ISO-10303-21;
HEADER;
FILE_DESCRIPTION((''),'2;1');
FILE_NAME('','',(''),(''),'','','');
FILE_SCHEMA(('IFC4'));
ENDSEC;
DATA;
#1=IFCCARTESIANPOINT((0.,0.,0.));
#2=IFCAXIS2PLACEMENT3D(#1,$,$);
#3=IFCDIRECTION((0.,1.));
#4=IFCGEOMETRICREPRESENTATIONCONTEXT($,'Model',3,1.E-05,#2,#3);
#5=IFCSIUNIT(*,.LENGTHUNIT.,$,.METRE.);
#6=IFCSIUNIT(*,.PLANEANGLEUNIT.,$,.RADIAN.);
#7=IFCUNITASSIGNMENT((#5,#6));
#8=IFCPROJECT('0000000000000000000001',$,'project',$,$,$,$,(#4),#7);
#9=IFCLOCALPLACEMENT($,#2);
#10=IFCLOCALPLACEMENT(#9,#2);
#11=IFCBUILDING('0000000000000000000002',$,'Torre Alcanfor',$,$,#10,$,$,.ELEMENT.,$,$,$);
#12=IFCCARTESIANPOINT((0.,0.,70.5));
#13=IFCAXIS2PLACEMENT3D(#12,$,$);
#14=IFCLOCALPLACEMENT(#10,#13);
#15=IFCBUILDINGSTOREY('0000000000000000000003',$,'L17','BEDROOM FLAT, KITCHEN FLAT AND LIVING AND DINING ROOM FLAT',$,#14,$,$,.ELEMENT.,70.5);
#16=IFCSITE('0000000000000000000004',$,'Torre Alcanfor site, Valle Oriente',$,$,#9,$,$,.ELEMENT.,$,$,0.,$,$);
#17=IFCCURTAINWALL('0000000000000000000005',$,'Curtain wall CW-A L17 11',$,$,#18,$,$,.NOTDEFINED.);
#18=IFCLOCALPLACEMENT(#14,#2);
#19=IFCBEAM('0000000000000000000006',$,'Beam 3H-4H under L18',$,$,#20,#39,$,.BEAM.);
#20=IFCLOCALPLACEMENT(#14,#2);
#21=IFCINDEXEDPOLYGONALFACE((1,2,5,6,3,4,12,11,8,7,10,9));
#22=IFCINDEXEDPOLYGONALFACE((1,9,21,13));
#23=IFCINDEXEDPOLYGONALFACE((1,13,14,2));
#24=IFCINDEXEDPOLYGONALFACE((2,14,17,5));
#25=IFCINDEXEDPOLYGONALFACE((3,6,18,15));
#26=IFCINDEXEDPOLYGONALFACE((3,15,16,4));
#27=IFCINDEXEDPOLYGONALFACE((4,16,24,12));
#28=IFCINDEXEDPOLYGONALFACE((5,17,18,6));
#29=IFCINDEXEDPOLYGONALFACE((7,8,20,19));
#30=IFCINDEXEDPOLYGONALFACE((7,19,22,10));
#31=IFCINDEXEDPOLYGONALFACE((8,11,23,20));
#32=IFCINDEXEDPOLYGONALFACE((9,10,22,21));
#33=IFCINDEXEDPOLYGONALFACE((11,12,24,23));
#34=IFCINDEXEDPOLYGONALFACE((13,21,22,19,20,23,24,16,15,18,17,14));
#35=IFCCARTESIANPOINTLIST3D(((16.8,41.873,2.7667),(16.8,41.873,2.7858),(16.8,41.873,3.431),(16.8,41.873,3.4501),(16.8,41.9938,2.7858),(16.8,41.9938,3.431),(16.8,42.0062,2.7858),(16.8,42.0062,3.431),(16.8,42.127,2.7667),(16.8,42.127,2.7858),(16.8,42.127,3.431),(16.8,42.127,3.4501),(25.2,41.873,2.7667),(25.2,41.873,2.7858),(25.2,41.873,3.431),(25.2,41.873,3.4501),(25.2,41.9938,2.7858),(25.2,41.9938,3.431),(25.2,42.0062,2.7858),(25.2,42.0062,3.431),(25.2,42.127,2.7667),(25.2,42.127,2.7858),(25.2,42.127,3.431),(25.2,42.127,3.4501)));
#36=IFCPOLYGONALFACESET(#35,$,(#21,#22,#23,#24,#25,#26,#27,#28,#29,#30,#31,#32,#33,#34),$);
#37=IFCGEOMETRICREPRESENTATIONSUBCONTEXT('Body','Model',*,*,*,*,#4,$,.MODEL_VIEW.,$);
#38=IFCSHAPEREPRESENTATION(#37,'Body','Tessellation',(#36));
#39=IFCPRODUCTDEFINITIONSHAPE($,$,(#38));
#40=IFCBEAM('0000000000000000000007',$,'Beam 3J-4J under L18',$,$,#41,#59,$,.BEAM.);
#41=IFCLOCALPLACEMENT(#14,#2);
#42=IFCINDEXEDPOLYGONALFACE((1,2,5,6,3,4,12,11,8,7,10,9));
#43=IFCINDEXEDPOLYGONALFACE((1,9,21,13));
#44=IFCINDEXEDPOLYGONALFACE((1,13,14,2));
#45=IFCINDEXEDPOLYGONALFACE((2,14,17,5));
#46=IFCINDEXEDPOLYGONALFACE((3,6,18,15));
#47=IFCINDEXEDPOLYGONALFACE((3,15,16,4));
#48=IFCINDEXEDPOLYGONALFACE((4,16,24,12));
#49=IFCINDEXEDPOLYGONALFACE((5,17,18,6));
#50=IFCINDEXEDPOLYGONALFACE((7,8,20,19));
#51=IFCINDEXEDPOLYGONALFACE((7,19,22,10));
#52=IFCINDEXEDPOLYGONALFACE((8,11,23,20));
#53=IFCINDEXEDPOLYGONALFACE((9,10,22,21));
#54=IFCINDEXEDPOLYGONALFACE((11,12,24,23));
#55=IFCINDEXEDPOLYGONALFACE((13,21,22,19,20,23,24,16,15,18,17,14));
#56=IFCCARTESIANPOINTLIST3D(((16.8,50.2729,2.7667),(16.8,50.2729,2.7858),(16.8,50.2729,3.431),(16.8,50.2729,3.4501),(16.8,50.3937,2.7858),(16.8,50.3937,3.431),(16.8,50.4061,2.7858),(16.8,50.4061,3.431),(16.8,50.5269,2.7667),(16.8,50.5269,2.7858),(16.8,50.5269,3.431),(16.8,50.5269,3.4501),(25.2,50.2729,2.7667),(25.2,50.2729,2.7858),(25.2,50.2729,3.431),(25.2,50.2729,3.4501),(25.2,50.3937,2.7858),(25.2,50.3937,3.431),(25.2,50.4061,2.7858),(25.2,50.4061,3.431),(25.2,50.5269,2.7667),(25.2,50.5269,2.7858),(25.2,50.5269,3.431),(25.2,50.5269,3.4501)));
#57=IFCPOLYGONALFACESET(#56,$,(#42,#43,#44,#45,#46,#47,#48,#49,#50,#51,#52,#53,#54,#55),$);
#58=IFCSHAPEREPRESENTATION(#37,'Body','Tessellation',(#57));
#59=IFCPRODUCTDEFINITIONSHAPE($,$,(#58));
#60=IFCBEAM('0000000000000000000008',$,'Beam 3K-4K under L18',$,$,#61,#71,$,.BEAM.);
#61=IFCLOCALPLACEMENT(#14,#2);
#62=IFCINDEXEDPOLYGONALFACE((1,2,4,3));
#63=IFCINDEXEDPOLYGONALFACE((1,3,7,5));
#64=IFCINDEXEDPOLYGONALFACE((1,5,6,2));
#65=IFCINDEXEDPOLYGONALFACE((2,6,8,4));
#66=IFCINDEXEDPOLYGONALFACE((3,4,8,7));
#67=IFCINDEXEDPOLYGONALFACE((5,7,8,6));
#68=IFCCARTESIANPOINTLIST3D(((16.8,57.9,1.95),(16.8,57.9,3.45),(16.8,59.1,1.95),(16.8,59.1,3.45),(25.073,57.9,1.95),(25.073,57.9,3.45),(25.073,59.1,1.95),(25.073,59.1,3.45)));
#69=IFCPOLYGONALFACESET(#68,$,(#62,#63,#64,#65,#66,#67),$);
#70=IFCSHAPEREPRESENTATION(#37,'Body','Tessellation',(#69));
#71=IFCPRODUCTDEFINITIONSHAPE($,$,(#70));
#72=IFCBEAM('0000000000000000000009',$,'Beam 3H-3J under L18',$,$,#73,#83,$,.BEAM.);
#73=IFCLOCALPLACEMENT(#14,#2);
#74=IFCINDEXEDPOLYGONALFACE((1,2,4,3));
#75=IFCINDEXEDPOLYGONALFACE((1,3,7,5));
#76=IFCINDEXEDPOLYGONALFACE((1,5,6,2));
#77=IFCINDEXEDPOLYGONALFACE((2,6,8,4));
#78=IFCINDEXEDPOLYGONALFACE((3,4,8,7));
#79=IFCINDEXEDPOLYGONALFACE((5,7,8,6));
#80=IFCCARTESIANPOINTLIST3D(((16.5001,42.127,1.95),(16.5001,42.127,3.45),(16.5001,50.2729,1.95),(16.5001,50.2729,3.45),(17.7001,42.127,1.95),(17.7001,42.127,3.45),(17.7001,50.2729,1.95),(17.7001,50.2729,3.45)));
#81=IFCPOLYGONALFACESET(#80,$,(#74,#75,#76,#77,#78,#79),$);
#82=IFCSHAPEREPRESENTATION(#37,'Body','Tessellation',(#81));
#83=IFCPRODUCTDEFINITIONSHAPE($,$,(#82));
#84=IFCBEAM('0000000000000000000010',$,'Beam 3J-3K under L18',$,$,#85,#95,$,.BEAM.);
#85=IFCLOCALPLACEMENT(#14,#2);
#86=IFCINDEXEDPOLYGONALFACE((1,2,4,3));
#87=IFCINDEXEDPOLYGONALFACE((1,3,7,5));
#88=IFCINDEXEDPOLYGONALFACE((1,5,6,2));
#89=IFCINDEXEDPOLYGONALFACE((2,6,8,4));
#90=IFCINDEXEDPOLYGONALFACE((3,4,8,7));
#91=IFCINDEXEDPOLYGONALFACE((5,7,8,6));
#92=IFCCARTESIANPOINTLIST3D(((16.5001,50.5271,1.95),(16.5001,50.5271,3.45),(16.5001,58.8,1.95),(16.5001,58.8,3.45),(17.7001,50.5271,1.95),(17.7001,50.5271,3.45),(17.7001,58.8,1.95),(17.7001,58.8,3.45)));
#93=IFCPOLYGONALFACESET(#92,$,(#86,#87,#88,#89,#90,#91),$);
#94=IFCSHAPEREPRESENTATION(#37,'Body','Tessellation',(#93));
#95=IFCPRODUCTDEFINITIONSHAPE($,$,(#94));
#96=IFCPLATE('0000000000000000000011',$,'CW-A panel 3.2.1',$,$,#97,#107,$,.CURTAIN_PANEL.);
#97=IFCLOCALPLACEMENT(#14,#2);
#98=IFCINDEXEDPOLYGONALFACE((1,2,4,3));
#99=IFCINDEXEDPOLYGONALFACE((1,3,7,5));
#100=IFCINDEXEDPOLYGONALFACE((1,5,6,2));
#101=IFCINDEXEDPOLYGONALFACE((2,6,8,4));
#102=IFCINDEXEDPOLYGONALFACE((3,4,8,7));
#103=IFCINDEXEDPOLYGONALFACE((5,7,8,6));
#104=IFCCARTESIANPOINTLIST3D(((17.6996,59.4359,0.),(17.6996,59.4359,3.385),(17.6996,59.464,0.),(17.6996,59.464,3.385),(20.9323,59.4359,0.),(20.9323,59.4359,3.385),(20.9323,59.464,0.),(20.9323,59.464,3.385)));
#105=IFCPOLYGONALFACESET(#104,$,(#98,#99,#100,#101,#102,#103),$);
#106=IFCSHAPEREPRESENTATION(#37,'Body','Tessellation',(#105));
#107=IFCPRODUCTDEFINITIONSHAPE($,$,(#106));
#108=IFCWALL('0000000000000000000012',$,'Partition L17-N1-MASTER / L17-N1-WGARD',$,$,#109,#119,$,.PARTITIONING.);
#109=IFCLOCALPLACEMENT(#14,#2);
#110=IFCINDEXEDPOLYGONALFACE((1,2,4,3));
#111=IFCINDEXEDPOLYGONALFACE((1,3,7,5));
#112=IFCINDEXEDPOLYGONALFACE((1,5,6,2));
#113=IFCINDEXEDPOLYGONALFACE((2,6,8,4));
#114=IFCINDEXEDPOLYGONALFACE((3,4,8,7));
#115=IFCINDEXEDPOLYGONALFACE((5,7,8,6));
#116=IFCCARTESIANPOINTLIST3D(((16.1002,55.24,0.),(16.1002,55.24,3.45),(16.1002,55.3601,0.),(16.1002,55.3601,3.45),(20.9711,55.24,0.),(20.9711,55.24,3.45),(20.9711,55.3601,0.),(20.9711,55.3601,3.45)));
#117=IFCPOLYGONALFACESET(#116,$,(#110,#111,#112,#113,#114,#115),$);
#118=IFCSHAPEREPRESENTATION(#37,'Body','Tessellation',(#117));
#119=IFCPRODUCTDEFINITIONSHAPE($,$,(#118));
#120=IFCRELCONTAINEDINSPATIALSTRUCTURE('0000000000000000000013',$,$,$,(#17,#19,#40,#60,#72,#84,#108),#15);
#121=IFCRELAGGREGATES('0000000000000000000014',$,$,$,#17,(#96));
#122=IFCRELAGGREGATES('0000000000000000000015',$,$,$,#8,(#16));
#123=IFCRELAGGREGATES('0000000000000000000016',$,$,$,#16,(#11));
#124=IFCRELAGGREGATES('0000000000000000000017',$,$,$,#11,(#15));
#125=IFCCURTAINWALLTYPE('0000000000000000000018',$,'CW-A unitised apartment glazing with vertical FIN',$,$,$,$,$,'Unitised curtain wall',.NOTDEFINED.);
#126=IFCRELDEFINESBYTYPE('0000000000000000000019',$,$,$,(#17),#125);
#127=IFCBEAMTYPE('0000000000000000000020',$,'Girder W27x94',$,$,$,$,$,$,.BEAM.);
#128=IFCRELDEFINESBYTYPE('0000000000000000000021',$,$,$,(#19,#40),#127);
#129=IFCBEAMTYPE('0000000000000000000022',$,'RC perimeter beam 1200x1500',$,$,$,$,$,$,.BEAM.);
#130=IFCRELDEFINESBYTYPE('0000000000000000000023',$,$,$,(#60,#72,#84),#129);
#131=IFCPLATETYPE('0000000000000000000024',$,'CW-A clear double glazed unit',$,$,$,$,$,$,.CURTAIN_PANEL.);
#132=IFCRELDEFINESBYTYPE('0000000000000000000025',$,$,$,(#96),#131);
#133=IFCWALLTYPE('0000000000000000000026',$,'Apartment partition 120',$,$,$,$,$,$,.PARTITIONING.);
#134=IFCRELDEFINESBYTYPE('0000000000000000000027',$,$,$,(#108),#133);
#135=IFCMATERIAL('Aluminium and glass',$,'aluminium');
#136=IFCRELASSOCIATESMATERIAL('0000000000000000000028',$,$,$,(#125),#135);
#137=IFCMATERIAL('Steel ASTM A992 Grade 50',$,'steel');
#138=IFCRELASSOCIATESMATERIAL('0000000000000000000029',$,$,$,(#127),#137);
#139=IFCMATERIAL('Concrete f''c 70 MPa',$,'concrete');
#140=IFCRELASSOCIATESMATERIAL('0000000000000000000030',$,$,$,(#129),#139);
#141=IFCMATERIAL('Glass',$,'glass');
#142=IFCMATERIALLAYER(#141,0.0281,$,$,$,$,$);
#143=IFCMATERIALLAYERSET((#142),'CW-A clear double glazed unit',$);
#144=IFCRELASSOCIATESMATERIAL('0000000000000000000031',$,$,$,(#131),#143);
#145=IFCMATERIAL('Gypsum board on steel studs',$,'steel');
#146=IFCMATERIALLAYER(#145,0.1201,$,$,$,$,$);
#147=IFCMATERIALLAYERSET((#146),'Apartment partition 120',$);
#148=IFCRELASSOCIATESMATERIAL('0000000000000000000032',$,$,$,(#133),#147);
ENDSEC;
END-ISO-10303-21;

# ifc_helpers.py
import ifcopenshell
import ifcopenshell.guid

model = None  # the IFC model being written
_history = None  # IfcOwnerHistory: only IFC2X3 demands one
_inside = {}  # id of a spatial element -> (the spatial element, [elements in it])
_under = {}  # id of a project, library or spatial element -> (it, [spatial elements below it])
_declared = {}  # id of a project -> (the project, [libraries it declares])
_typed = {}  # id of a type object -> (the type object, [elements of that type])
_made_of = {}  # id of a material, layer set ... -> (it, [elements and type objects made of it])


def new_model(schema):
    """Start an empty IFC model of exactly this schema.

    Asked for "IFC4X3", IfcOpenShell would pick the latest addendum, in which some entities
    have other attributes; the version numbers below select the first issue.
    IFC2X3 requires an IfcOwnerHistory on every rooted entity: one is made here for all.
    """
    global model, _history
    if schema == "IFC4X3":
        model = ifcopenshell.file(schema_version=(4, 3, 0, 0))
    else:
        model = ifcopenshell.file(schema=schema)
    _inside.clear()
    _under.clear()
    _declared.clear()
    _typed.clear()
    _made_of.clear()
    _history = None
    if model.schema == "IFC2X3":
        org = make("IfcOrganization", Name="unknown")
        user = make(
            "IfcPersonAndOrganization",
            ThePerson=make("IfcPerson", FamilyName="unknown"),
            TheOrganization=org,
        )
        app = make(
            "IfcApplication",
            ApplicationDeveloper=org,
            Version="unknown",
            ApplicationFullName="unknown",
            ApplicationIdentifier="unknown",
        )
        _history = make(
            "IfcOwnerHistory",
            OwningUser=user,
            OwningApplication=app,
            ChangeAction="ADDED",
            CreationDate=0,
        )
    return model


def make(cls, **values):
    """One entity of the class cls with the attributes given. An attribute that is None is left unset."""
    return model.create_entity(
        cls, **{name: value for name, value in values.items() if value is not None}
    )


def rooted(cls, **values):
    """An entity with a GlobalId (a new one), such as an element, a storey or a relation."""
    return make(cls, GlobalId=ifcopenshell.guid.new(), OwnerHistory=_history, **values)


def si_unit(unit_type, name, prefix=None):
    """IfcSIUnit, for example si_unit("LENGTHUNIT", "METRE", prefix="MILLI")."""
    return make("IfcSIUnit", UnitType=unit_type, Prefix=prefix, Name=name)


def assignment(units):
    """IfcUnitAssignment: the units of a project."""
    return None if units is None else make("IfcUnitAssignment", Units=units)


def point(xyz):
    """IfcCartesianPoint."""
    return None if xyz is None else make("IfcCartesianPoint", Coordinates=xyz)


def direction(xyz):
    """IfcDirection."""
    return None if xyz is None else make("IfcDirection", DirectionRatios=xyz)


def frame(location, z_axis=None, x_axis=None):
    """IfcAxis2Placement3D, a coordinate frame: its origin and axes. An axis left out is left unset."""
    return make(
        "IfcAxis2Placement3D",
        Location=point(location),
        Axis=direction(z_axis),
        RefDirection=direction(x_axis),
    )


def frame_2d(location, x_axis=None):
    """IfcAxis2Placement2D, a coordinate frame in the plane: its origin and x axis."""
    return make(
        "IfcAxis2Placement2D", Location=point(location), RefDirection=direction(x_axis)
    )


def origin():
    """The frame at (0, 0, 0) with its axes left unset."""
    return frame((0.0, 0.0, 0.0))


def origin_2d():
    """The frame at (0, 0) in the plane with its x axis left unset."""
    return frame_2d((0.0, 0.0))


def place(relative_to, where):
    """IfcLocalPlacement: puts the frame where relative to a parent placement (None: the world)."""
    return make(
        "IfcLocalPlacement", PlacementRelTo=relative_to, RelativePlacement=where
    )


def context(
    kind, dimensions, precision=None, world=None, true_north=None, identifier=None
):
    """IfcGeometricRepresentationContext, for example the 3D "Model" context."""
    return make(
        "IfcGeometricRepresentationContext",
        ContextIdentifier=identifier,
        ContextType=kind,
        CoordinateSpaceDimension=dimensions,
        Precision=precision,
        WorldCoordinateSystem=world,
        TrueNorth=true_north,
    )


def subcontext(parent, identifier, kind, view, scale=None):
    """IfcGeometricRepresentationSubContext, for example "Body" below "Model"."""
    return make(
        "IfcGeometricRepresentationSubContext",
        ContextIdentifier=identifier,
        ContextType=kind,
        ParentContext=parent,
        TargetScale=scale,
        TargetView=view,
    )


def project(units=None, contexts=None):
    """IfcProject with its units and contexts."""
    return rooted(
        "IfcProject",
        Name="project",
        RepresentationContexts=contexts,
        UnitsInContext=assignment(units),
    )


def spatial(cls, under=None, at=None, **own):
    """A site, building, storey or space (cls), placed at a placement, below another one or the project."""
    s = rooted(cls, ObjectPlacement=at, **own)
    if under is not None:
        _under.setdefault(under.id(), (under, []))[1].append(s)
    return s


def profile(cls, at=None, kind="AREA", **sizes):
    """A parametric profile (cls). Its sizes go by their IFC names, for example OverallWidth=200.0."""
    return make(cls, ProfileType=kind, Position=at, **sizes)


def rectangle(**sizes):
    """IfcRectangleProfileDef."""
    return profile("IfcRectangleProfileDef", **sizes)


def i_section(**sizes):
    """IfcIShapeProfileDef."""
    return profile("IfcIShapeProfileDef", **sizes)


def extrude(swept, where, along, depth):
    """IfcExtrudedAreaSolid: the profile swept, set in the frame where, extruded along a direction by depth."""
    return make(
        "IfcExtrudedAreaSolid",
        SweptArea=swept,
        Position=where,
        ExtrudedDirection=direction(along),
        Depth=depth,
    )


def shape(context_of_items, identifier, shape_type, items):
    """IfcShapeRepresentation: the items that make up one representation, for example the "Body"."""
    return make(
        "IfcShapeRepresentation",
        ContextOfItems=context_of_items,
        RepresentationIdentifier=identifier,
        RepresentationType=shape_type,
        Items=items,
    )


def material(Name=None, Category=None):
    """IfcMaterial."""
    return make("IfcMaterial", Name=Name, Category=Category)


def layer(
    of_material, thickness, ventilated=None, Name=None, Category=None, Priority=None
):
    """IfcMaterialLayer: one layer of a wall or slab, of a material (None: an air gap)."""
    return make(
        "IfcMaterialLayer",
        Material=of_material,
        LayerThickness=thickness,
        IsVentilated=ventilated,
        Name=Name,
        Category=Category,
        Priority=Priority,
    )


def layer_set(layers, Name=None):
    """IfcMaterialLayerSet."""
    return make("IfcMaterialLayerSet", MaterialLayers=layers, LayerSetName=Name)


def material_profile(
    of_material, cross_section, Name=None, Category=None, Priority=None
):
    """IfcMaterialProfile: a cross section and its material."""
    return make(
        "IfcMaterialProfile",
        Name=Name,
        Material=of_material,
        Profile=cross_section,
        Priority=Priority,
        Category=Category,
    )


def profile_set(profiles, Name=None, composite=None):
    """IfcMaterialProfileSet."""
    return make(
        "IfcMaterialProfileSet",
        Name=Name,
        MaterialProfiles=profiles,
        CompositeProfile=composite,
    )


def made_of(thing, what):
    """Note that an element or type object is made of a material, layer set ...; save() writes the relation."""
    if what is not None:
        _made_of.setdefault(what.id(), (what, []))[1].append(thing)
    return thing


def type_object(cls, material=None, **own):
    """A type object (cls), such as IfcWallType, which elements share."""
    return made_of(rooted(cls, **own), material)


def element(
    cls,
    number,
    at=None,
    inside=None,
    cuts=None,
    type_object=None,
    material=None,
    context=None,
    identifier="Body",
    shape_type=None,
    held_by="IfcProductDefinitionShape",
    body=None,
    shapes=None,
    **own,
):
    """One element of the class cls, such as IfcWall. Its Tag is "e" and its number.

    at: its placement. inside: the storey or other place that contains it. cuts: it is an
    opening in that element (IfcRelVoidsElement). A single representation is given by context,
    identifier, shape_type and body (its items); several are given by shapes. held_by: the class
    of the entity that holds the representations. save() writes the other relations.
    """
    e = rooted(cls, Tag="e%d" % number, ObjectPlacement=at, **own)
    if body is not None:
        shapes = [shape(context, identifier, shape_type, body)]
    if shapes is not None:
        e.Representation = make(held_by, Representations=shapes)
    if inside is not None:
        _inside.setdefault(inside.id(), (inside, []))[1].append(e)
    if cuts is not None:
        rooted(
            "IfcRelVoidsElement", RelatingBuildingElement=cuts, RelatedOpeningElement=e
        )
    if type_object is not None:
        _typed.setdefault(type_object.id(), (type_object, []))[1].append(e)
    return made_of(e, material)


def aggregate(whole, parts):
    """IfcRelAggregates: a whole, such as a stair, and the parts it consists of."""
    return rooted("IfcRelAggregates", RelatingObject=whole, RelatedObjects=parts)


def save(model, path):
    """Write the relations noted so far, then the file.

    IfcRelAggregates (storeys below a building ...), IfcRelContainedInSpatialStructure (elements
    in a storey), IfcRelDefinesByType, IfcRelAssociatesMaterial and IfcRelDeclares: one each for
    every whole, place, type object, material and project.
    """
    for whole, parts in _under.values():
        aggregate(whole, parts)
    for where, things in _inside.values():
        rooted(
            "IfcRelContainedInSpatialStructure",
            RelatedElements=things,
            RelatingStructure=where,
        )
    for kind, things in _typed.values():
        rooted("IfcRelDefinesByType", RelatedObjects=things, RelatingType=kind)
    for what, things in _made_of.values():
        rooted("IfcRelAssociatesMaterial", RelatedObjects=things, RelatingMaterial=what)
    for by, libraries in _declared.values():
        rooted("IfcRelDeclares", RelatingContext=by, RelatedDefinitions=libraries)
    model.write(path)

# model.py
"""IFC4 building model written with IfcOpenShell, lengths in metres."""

from ifc_helpers import new_model, si_unit, direction, frame, frame_2d, origin, origin_2d, place, context, subcontext, project, spatial, rectangle, i_section, extrude, material, layer, layer_set, material_profile, profile_set, type_object, element, aggregate, save


model = new_model("IFC4")

# Units and contexts
model_context = context("Model", 3, precision=1e-05, world=origin(), true_north=direction((0.0, 1.0)))
body_context = subcontext(model_context, "Body", "Model", "MODEL_VIEW")
ifc_project = project(units=[si_unit("LENGTHUNIT", "METRE"), si_unit("PLANEANGLEUNIT", "RADIAN")], contexts=[model_context])

# Site, building, storey
site_placement = place(None, origin())
site = spatial("IfcSite", under=ifc_project, at=site_placement, Name="Torre Alcanfor site, Valle Oriente", CompositionType="ELEMENT", RefElevation=0.0)
building_placement = place(site_placement, origin())
building = spatial("IfcBuilding", under=site, at=building_placement, Name="Torre Alcanfor", CompositionType="ELEMENT")
storey_placement = place(building_placement, frame((0.0, 0.0, 70.5)))
storey = spatial("IfcBuildingStorey", under=building, at=storey_placement, Name="L17", Description="BEDROOM FLAT, KITCHEN FLAT AND LIVING AND DINING ROOM FLAT", CompositionType="ELEMENT", Elevation=70.5)

# Curtain wall
ifc_material_1 = material(Name="Aluminium and glass", Category="aluminium")
curtain_wall_type = type_object("IfcCurtainWallType", Name="CW-A unitised apartment glazing with vertical FIN", ElementType="Unitised curtain wall", PredefinedType="NOTDEFINED", material=ifc_material_1)
curtain_wall_placement = place(storey_placement, origin())
curtain_wall = element("IfcCurtainWall", 1, at=curtain_wall_placement, inside=storey, type_object=curtain_wall_type, Name="Curtain wall CW-A L17 11", PredefinedType="NOTDEFINED")

# Beams
ifc_material_2 = material(Name="Steel ASTM A992 Grade 50", Category="steel")
ifc_material_profile_1 = material_profile(ifc_material_2, i_section(OverallWidth=0.2539, OverallDepth=0.6833, WebThickness=0.0125, FlangeThickness=0.019, at=origin_2d()), Name="W27x94")
ifc_profile_set_1 = profile_set([ifc_material_profile_1], Name="Steel ASTM A992 Grade 50")
beam_type_1 = type_object("IfcBeamType", Name="Girder W27x94", PredefinedType="BEAM", material=ifc_profile_set_1)
for number, where, z_axis, x_axis, name in (
    (2, (16.8, 42.0, 3.1084), (1.0, 0.0, 0.0), (0.0, 1.0, 0.0), "Beam 3H-4H under L18"),
    (3, (16.8, 50.3999, 3.1084), (1.0, 0.0, 0.0), (0.0, 1.0, 0.0), "Beam 3J-4J under L18"),
):
    element("IfcBeam", number, at=place(storey_placement, frame(where, z_axis=z_axis, x_axis=x_axis)), inside=storey, type_object=beam_type_1, Name=name, PredefinedType="BEAM", context=body_context, shape_type="SweptSolid", body=[
        extrude(i_section(OverallWidth=0.2539, OverallDepth=0.6833, WebThickness=0.0125, FlangeThickness=0.019, at=origin_2d()), origin(), (0.0, 0.0, 1.0), 8.3999),
    ])
ifc_material_3 = material(Name="Concrete f'c 70 MPa", Category="concrete")
ifc_material_profile_2 = material_profile(ifc_material_3, rectangle(XDim=1.2, YDim=1.5, at=origin_2d()), Name="1200x1500")
ifc_profile_set_2 = profile_set([ifc_material_profile_2], Name="Concrete f'c 70 MPa")
beam_type_2 = type_object("IfcBeamType", Name="RC perimeter beam 1200x1500", PredefinedType="BEAM", material=ifc_profile_set_2)
beam_1_placement = place(storey_placement, frame((16.8, 58.5, 2.7), z_axis=(1.0, 0.0, 0.0), x_axis=(0.0, 1.0, 0.0)))
element("IfcBeam", 4, at=beam_1_placement, inside=storey, type_object=beam_type_2, Name="Beam 3K-4K under L18", PredefinedType="BEAM", context=body_context, shape_type="SweptSolid", body=[
    extrude(rectangle(XDim=1.2, YDim=1.5, at=origin_2d()), origin(), (0.0, 0.0, 1.0), 8.2729),
])
beam_2_placement = place(storey_placement, frame((17.1001, 42.127, 2.7), z_axis=(0.0, 1.0, 0.0), x_axis=(-1.0, 0.0, 0.0)))
element("IfcBeam", 5, at=beam_2_placement, inside=storey, type_object=beam_type_2, Name="Beam 3H-3J under L18", PredefinedType="BEAM", context=body_context, shape_type="SweptSolid", body=[
    extrude(rectangle(XDim=1.2, YDim=1.5, at=origin_2d()), origin(), (0.0, 0.0, 1.0), 8.146),
])
beam_3_placement = place(storey_placement, frame((17.1001, 50.5271, 2.7), z_axis=(0.0, 1.0, 0.0), x_axis=(-1.0, 0.0, 0.0)))
element("IfcBeam", 6, at=beam_3_placement, inside=storey, type_object=beam_type_2, Name="Beam 3J-3K under L18", PredefinedType="BEAM", context=body_context, shape_type="SweptSolid", body=[
    extrude(rectangle(XDim=1.2, YDim=1.5, at=origin_2d()), origin(), (0.0, 0.0, 1.0), 8.2729),
])

# Plate
ifc_material_4 = material(Name="Glass", Category="glass")
ifc_layer_1 = layer(ifc_material_4, 0.0281)
ifc_layer_set_1 = layer_set([ifc_layer_1], Name="CW-A clear double glazed unit")
plate_type = type_object("IfcPlateType", Name="CW-A clear double glazed unit", PredefinedType="CURTAIN_PANEL", material=ifc_layer_set_1)
plate_placement = place(storey_placement, frame((19.3159, 59.45, 0.0), z_axis=(0.0, 0.0, 1.0), x_axis=(-1.0, 0.0, 0.0)))
plate = element("IfcPlate", 7, at=plate_placement, type_object=plate_type, Name="CW-A panel 3.2.1", PredefinedType="CURTAIN_PANEL", context=body_context, shape_type="SweptSolid", body=[
    extrude(rectangle(XDim=3.2327, YDim=0.0281, at=origin_2d()), origin(), (0.0, 0.0, 1.0), 3.385),
])
aggregate(curtain_wall, [plate])

# Wall
ifc_material_5 = material(Name="Gypsum board on steel studs", Category="steel")
ifc_layer_2 = layer(ifc_material_5, 0.1201)
ifc_layer_set_2 = layer_set([ifc_layer_2], Name="Apartment partition 120")
wall_type_1 = type_object("IfcWallType", Name="Apartment partition 120", PredefinedType="PARTITIONING", material=ifc_layer_set_2)
wall_1_placement = place(storey_placement, frame((16.1001, 55.3, 0.0), z_axis=(0.0, 0.0, 1.0), x_axis=(1.0, 0.0, 0.0)))
element("IfcWall", 8, at=wall_1_placement, inside=storey, type_object=wall_type_1, Name="Partition L17-N1-MASTER / L17-N1-WGARD", PredefinedType="PARTITIONING", context=body_context, shape_type="SweptSolid", body=[
    extrude(rectangle(XDim=4.8708, YDim=0.1201, at=frame_2d((2.4355, 0.0))), origin(), (0.0, 0.0, 1.0), 3.45),
])

save(model, "model.ifc")
